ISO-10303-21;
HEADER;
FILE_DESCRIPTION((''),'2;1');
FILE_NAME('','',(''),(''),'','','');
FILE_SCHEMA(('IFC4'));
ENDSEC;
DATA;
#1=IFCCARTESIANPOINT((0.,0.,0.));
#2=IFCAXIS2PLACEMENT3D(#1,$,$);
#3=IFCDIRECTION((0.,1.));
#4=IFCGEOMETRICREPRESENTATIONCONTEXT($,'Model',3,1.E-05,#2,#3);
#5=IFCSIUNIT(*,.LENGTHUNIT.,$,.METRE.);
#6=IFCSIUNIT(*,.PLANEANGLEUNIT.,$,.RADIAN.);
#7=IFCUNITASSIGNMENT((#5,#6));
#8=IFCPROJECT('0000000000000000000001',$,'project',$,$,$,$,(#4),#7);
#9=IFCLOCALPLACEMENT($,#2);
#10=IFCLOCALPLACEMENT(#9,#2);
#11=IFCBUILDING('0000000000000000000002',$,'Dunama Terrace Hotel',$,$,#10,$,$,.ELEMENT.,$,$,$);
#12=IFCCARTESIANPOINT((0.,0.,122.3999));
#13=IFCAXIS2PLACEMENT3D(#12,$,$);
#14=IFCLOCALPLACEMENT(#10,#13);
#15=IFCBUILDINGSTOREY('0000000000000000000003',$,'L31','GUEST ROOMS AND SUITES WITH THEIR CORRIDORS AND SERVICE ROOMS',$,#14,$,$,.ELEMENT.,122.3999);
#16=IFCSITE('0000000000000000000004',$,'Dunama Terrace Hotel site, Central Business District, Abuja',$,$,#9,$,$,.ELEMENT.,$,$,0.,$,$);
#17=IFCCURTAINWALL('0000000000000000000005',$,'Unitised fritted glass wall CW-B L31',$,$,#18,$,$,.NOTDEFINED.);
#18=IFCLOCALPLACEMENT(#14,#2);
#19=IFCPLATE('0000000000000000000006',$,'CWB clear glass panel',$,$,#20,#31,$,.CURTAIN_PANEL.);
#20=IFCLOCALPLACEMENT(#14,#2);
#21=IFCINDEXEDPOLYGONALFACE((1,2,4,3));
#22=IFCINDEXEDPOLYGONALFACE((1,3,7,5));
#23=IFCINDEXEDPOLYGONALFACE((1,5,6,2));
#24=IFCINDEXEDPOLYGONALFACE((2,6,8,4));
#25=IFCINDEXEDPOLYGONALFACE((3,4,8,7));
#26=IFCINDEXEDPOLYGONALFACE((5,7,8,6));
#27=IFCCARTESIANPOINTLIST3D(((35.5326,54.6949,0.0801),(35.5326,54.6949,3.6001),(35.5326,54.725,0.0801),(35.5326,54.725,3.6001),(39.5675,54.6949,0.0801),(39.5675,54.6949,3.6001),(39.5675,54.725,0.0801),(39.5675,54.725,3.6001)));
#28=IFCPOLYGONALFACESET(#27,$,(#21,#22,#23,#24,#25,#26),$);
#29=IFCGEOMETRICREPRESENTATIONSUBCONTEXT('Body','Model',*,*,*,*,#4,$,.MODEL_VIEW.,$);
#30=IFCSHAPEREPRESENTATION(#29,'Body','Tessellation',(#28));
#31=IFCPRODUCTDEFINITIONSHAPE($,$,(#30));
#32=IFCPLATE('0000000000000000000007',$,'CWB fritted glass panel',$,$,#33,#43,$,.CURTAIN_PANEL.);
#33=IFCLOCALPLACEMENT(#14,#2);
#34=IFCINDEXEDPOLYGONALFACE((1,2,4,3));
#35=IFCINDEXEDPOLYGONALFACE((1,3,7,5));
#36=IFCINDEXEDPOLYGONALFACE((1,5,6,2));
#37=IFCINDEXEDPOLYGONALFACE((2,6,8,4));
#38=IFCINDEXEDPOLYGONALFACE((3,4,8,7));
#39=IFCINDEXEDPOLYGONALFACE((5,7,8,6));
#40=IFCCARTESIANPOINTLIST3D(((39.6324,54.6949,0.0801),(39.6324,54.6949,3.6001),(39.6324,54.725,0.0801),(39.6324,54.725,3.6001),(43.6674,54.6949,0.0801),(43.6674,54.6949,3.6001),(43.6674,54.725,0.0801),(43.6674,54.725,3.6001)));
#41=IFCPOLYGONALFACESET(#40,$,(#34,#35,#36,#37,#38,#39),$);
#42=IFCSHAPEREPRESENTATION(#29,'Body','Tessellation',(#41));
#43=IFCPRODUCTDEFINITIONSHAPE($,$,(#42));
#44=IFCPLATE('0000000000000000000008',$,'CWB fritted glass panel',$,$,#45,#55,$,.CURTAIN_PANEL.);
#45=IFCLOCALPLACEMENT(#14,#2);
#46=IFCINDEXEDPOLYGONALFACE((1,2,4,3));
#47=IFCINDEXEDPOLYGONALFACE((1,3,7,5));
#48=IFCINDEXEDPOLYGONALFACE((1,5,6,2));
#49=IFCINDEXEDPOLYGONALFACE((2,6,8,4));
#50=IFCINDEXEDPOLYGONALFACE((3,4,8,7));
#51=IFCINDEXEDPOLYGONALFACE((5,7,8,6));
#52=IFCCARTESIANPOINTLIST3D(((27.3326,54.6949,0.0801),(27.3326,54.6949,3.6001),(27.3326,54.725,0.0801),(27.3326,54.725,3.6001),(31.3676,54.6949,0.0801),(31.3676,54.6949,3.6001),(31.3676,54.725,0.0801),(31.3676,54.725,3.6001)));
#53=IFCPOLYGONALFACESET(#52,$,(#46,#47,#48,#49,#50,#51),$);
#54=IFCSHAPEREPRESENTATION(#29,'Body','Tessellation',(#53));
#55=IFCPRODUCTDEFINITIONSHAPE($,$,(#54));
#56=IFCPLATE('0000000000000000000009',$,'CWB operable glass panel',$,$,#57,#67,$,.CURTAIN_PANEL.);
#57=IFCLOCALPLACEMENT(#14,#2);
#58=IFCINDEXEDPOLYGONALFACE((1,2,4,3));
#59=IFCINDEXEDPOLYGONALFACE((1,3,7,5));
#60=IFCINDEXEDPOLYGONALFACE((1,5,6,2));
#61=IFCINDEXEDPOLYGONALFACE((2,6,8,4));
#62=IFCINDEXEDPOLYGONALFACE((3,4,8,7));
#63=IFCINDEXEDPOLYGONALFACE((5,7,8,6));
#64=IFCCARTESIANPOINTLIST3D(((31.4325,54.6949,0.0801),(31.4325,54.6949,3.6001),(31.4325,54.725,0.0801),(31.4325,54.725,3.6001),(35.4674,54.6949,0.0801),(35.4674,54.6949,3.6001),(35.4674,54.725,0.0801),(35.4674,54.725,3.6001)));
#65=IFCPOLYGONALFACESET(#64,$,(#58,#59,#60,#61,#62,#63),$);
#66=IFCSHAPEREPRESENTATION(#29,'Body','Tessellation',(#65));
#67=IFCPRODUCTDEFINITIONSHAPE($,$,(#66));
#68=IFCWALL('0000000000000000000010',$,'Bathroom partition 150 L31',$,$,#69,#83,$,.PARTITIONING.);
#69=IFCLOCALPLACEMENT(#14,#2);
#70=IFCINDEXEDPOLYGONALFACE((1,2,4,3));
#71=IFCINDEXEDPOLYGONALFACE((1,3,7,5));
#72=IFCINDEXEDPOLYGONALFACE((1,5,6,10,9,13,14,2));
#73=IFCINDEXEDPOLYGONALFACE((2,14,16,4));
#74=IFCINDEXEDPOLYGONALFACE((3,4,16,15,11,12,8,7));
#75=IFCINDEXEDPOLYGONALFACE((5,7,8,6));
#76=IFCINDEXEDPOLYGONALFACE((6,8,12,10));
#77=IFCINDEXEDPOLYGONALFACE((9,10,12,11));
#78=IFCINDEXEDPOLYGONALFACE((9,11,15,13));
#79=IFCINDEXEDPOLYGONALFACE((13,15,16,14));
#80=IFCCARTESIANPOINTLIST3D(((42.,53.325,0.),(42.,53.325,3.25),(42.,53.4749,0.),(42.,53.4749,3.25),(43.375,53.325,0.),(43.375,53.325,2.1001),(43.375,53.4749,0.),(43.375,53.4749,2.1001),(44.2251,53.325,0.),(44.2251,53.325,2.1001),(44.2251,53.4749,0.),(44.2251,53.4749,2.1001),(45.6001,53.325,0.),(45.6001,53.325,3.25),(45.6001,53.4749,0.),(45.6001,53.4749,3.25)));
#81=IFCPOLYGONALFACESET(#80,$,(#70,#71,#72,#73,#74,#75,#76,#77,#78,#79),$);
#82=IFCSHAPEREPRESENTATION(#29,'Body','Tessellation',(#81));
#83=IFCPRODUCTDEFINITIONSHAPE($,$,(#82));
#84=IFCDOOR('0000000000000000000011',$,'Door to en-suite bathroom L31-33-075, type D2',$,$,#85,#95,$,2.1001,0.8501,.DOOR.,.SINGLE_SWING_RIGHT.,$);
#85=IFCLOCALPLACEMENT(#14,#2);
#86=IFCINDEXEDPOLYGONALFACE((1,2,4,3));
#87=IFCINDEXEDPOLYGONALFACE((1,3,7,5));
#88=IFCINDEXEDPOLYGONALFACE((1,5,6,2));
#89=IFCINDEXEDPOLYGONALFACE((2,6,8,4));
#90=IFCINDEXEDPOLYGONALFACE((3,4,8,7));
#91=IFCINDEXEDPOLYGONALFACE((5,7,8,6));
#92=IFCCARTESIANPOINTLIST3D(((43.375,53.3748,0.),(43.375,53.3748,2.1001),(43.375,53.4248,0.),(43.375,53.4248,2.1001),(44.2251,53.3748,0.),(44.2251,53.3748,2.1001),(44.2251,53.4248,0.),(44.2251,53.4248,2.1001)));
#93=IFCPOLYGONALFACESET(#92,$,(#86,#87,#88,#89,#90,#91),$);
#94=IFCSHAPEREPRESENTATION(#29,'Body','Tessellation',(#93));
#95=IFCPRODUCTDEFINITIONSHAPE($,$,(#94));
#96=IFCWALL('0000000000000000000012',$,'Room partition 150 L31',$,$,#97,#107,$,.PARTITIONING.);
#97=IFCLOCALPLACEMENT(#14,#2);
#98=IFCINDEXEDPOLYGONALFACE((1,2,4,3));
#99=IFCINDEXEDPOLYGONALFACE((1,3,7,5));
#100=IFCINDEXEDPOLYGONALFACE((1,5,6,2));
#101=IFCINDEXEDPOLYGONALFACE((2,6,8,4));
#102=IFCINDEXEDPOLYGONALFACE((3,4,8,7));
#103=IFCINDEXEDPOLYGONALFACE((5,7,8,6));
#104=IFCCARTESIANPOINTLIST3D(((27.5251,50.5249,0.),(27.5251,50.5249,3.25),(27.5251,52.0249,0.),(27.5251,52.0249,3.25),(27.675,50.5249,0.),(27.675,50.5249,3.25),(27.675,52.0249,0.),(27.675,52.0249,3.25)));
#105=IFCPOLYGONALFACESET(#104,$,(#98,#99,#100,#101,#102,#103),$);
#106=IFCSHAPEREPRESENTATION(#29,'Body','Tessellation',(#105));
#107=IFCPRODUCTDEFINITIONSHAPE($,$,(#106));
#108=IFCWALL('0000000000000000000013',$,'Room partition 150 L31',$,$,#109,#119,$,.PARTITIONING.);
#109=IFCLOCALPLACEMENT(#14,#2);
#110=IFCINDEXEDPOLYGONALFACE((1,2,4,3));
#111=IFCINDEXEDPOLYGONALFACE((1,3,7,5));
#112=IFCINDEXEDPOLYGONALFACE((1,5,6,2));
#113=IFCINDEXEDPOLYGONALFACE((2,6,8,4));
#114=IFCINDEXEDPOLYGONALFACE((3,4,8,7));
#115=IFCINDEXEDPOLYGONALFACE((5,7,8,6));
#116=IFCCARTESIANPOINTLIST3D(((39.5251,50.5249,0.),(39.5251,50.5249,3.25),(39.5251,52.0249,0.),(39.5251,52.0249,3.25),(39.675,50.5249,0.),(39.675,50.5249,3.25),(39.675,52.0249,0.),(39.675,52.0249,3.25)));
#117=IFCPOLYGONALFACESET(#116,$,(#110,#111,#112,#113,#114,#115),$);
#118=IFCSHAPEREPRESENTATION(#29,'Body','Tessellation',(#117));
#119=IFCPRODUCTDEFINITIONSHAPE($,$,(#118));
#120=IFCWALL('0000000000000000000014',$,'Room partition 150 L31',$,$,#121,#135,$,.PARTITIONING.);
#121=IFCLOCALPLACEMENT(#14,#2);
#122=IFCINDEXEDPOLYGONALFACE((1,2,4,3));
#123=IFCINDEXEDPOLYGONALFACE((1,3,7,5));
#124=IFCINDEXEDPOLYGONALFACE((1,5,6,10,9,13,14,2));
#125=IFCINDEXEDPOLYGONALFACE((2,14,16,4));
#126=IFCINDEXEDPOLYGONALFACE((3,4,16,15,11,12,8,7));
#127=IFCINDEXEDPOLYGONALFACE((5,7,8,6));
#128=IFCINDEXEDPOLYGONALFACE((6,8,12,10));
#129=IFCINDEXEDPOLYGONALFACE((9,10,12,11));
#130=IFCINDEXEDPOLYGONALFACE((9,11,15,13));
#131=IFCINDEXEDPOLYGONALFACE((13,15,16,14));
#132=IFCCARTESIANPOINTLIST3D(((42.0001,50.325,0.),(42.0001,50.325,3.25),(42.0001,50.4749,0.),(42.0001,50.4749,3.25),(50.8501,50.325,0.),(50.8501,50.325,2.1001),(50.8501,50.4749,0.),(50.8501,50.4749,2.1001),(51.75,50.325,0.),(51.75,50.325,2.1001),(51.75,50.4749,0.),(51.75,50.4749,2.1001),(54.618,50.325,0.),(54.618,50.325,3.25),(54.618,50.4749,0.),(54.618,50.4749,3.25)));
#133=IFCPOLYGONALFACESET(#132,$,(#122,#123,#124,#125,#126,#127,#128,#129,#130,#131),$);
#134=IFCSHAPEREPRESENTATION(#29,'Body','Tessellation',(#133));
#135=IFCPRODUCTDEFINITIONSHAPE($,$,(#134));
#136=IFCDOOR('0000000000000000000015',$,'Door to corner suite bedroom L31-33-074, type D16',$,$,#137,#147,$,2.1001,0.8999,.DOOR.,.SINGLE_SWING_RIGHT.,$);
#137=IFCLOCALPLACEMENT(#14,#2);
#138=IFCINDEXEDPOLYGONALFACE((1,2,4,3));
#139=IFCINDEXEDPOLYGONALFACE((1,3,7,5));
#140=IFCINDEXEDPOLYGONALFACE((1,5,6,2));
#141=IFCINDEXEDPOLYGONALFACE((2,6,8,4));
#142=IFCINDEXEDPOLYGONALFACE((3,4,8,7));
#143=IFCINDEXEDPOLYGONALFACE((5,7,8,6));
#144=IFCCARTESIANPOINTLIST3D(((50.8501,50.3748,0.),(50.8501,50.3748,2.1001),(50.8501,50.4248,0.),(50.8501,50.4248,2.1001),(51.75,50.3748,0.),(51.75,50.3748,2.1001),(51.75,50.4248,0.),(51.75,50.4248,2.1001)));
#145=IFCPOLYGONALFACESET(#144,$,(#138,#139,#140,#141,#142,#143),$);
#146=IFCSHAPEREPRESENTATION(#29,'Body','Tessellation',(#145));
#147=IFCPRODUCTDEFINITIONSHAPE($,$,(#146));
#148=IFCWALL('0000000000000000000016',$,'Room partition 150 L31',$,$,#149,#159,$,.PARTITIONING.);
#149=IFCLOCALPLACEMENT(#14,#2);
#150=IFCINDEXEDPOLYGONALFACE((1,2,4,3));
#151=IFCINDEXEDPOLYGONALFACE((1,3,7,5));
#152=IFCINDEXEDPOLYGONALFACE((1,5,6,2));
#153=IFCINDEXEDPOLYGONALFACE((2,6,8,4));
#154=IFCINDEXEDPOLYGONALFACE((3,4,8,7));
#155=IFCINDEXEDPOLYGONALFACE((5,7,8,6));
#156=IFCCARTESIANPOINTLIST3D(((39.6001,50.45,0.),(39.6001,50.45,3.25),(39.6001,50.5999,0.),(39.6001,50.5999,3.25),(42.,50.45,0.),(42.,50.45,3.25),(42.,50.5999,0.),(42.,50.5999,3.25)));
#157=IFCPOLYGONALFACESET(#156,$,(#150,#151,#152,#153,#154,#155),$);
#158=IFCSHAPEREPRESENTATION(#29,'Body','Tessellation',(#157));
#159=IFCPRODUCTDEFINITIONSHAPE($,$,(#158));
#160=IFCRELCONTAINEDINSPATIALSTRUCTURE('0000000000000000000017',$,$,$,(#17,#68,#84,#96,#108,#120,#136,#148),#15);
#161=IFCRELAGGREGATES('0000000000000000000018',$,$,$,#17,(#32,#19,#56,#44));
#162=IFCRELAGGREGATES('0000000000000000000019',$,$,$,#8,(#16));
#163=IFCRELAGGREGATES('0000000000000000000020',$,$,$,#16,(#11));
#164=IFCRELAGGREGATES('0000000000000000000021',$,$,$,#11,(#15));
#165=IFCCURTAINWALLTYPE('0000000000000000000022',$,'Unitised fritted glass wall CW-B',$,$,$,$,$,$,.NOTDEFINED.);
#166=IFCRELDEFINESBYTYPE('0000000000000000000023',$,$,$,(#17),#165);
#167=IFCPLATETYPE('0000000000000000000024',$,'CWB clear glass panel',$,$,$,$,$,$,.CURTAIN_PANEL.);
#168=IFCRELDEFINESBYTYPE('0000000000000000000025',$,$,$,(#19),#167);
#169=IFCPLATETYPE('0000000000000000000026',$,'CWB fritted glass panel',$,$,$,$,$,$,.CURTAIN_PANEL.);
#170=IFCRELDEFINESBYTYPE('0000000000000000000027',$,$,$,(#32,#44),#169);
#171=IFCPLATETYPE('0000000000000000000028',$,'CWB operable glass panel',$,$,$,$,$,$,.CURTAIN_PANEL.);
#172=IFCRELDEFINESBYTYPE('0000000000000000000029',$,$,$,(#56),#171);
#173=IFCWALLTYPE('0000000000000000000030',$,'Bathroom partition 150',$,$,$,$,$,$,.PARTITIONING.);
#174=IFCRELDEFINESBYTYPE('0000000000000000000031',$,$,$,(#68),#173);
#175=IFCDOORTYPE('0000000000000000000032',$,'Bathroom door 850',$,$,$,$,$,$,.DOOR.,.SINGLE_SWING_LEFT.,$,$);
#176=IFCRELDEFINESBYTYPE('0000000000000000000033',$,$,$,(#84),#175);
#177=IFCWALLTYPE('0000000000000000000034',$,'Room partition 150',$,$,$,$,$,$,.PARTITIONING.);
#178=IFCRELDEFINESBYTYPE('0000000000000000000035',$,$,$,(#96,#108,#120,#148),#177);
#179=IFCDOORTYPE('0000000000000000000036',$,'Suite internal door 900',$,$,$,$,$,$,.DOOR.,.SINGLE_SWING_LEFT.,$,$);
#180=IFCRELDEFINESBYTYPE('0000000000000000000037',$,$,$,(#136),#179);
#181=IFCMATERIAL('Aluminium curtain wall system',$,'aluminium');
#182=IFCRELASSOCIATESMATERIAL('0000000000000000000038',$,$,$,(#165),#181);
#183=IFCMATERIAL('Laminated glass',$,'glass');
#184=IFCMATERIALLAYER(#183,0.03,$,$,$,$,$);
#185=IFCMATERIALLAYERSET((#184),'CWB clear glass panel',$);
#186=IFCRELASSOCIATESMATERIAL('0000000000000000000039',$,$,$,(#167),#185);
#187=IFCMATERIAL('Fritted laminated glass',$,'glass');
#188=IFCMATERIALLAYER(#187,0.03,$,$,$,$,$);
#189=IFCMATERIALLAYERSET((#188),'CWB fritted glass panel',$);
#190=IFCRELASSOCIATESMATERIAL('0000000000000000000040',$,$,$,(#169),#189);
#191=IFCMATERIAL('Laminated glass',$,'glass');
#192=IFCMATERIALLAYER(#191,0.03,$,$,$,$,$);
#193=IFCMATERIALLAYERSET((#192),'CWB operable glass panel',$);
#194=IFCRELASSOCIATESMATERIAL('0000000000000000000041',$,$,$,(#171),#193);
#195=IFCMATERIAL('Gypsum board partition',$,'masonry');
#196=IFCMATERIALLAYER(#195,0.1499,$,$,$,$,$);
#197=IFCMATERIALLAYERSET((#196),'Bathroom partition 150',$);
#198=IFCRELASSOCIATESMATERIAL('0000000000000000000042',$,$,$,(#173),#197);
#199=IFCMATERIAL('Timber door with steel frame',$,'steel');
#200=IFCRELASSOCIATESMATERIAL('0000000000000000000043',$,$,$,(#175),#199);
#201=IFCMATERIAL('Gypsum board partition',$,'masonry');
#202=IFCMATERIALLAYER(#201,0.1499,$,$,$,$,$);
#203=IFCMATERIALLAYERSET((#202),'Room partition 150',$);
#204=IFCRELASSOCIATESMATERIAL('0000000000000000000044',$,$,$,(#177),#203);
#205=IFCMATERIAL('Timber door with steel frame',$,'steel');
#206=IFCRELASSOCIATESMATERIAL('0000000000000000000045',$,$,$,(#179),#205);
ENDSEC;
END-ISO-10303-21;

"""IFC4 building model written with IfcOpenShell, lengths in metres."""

from ifc_helpers import new_model, si_unit, direction, frame, frame_2d, origin, origin_2d, place, context, subcontext, project, spatial, rectangle, extrude, material, layer, layer_set, type_object, element, fill, aggregate, save


model = new_model("IFC4")

# Units and contexts
model_context = context("Model", 3, precision=1e-05, world=origin(), true_north=direction((0.0, 1.0)))
body_context = subcontext(model_context, "Body", "Model", "MODEL_VIEW")
ifc_project = project(units=[si_unit("LENGTHUNIT", "METRE"), si_unit("PLANEANGLEUNIT", "RADIAN")], contexts=[model_context])

# Site, building, storey
site_placement = place(None, origin())
site = spatial("IfcSite", under=ifc_project, at=site_placement, Name="Dunama Terrace Hotel site, Central Business District, Abuja", CompositionType="ELEMENT", RefElevation=0.0)
building_placement = place(site_placement, origin())
building = spatial("IfcBuilding", under=site, at=building_placement, Name="Dunama Terrace Hotel", CompositionType="ELEMENT")
storey_placement = place(building_placement, frame((0.0, 0.0, 122.3999)))
storey = spatial("IfcBuildingStorey", under=building, at=storey_placement, Name="L31", Description="GUEST ROOMS AND SUITES WITH THEIR CORRIDORS AND SERVICE ROOMS", CompositionType="ELEMENT", Elevation=122.3999)

# Curtain wall
ifc_material_1 = material(Name="Aluminium curtain wall system", Category="aluminium")
curtain_wall_type = type_object("IfcCurtainWallType", Name="Unitised fritted glass wall CW-B", PredefinedType="NOTDEFINED", material=ifc_material_1)
curtain_wall_placement = place(storey_placement, origin())
curtain_wall = element("IfcCurtainWall", 1, at=curtain_wall_placement, inside=storey, type_object=curtain_wall_type, Name="Unitised fritted glass wall CW-B L31", PredefinedType="NOTDEFINED")

# Plates
ifc_material_2 = material(Name="Laminated glass", Category="glass")
ifc_layer_1 = layer(ifc_material_2, 0.03)
ifc_layer_set_1 = layer_set([ifc_layer_1], Name="CWB clear glass panel")
plate_type_1 = type_object("IfcPlateType", Name="CWB clear glass panel", PredefinedType="CURTAIN_PANEL", material=ifc_layer_set_1)
plate_1_placement = place(storey_placement, frame((37.55, 54.71, 0.0801), z_axis=(0.0, 0.0, 1.0), x_axis=(-1.0, 0.0, 0.0)))
plate_1 = element("IfcPlate", 2, at=plate_1_placement, type_object=plate_type_1, Name="CWB clear glass panel", PredefinedType="CURTAIN_PANEL", context=body_context, shape_type="SweptSolid", body=[
    extrude(rectangle(XDim=4.0349, YDim=0.03, at=origin_2d()), origin(), (0.0, 0.0, 1.0), 3.52),
])
ifc_material_3 = material(Name="Fritted laminated glass", Category="glass")
ifc_layer_2 = layer(ifc_material_3, 0.03)
ifc_layer_set_2 = layer_set([ifc_layer_2], Name="CWB fritted glass panel")
plate_type_2 = type_object("IfcPlateType", Name="CWB fritted glass panel", PredefinedType="CURTAIN_PANEL", material=ifc_layer_set_2)
plate_2_placement = place(storey_placement, frame((41.6499, 54.71, 0.0801), z_axis=(0.0, 0.0, 1.0), x_axis=(-1.0, 0.0, 0.0)))
plate_2 = element("IfcPlate", 3, at=plate_2_placement, type_object=plate_type_2, Name="CWB fritted glass panel", PredefinedType="CURTAIN_PANEL", context=body_context, shape_type="SweptSolid", body=[
    extrude(rectangle(XDim=4.0349, YDim=0.03, at=origin_2d()), origin(), (0.0, 0.0, 1.0), 3.52),
])
plate_3_placement = place(storey_placement, frame((29.3501, 54.71, 0.0801), z_axis=(0.0, 0.0, 1.0), x_axis=(-1.0, 0.0, 0.0)))
plate_3 = element("IfcPlate", 4, at=plate_3_placement, type_object=plate_type_2, Name="CWB fritted glass panel", PredefinedType="CURTAIN_PANEL", context=body_context, shape_type="SweptSolid", body=[
    extrude(rectangle(XDim=4.0349, YDim=0.03, at=origin_2d()), origin(), (0.0, 0.0, 1.0), 3.52),
])
ifc_material_4 = material(Name="Laminated glass", Category="glass")
ifc_layer_3 = layer(ifc_material_4, 0.03)
ifc_layer_set_3 = layer_set([ifc_layer_3], Name="CWB operable glass panel")
plate_type_3 = type_object("IfcPlateType", Name="CWB operable glass panel", PredefinedType="CURTAIN_PANEL", material=ifc_layer_set_3)
plate_4_placement = place(storey_placement, frame((33.45, 54.71, 0.0801), z_axis=(0.0, 0.0, 1.0), x_axis=(-1.0, 0.0, 0.0)))
plate_4 = element("IfcPlate", 5, at=plate_4_placement, type_object=plate_type_3, Name="CWB operable glass panel", PredefinedType="CURTAIN_PANEL", context=body_context, shape_type="SweptSolid", body=[
    extrude(rectangle(XDim=4.0349, YDim=0.03, at=origin_2d()), origin(), (0.0, 0.0, 1.0), 3.52),
])
aggregate(curtain_wall, [plate_2, plate_1, plate_4, plate_3])

# Wall, opening, door
ifc_material_5 = material(Name="Gypsum board partition", Category="masonry")
ifc_layer_4 = layer(ifc_material_5, 0.1499)
ifc_layer_set_4 = layer_set([ifc_layer_4], Name="Bathroom partition 150")
wall_type_1 = type_object("IfcWallType", Name="Bathroom partition 150", PredefinedType="PARTITIONING", material=ifc_layer_set_4)
wall_1_placement = place(storey_placement, frame((42.0, 53.3999, 0.0), z_axis=(0.0, 0.0, 1.0), x_axis=(1.0, 0.0, 0.0)))
wall_1 = element("IfcWall", 6, at=wall_1_placement, inside=storey, type_object=wall_type_1, Name="Bathroom partition 150 L31", PredefinedType="PARTITIONING", context=body_context, shape_type="SweptSolid", body=[
    extrude(rectangle(XDim=3.6001, YDim=0.1499, at=frame_2d((1.8, 0.0))), origin(), (0.0, 0.0, 1.0), 3.25),
])
opening_1_placement = place(wall_1_placement, frame((1.375, 0.0, 0.0)))
opening_1 = element("IfcOpeningElement", 7, at=opening_1_placement, cuts=wall_1, PredefinedType="OPENING", context=body_context, shape_type="SweptSolid", body=[
    extrude(rectangle(XDim=0.8501, YDim=2.1001, at=frame_2d((0.425, 1.05))), frame((0.0, 0.085, 0.0), z_axis=(0.0, -1.0, 0.0), x_axis=(1.0, 0.0, 0.0)), (0.0, 0.0, 1.0), 0.1699),
])
ifc_material_6 = material(Name="Timber door with steel frame", Category="steel")
door_type_1 = type_object("IfcDoorType", Name="Bathroom door 850", OperationType="SINGLE_SWING_LEFT", PredefinedType="DOOR", material=ifc_material_6)
door_1_placement = place(opening_1_placement, frame((0.8501, 0.0, 0.0), z_axis=(0.0, 0.0, 1.0), x_axis=(-1.0, 0.0, 0.0)))
door_1 = element("IfcDoor", 8, at=door_1_placement, inside=storey, type_object=door_type_1, Name="Door to en-suite bathroom L31-33-075, type D2", OperationType="SINGLE_SWING_RIGHT", OverallHeight=2.1001, OverallWidth=0.8501, PredefinedType="DOOR", context=body_context, shape_type="SweptSolid", body=[
    extrude(rectangle(XDim=0.8501, YDim=2.1001, at=frame_2d((0.425, 1.05))), frame((0.0, 0.0251, 0.0), z_axis=(0.0, -1.0, 0.0), x_axis=(1.0, 0.0, 0.0)), (0.0, 0.0, 1.0), 0.05),
])
fill(opening_1, door_1)

# Walls
ifc_material_7 = material(Name="Gypsum board partition", Category="masonry")
ifc_layer_5 = layer(ifc_material_7, 0.1499)
ifc_layer_set_5 = layer_set([ifc_layer_5], Name="Room partition 150")
wall_type_2 = type_object("IfcWallType", Name="Room partition 150", PredefinedType="PARTITIONING", material=ifc_layer_set_5)
for number, where, z_axis, x_axis, name in (
    (9, (27.6001, 50.5249, 0.0), (0.0, 0.0, 1.0), (0.0, 1.0, 0.0), "Room partition 150 L31"),
    (10, (39.6001, 50.5249, 0.0), (0.0, 0.0, 1.0), (0.0, 1.0, 0.0), "Room partition 150 L31"),
):
    element("IfcWall", number, at=place(storey_placement, frame(where, z_axis=z_axis, x_axis=x_axis)), inside=storey, type_object=wall_type_2, Name=name, PredefinedType="PARTITIONING", context=body_context, shape_type="SweptSolid", body=[
        extrude(rectangle(XDim=1.5, YDim=0.1499, at=frame_2d((0.75, 0.0))), origin(), (0.0, 0.0, 1.0), 3.25),
    ])

# Wall, opening, door
wall_2_placement = place(storey_placement, frame((42.0, 50.3999, 0.0), z_axis=(0.0, 0.0, 1.0), x_axis=(1.0, 0.0, 0.0)))
wall_2 = element("IfcWall", 11, at=wall_2_placement, inside=storey, type_object=wall_type_2, Name="Room partition 150 L31", PredefinedType="PARTITIONING", context=body_context, shape_type="SweptSolid", body=[
    extrude(rectangle(XDim=12.6179, YDim=0.1499, at=frame_2d((6.3091, 0.0))), origin(), (0.0, 0.0, 1.0), 3.25),
])
opening_2_placement = place(wall_2_placement, frame((8.8501, 0.0, 0.0)))
opening_2 = element("IfcOpeningElement", 12, at=opening_2_placement, cuts=wall_2, PredefinedType="OPENING", context=body_context, shape_type="SweptSolid", body=[
    extrude(rectangle(XDim=0.8999, YDim=2.1001, at=frame_2d((0.45, 1.05))), frame((0.0, 0.085, 0.0), z_axis=(0.0, -1.0, 0.0), x_axis=(1.0, 0.0, 0.0)), (0.0, 0.0, 1.0), 0.1699),
])
ifc_material_8 = material(Name="Timber door with steel frame", Category="steel")
door_type_2 = type_object("IfcDoorType", Name="Suite internal door 900", OperationType="SINGLE_SWING_LEFT", PredefinedType="DOOR", material=ifc_material_8)
door_2_placement = place(opening_2_placement, origin())
door_2 = element("IfcDoor", 13, at=door_2_placement, inside=storey, type_object=door_type_2, Name="Door to corner suite bedroom L31-33-074, type D16", OperationType="SINGLE_SWING_RIGHT", OverallHeight=2.1001, OverallWidth=0.8999, PredefinedType="DOOR", context=body_context, shape_type="SweptSolid", body=[
    extrude(rectangle(XDim=0.8999, YDim=2.1001, at=frame_2d((0.45, 1.05))), frame((0.0, 0.0249, 0.0), z_axis=(0.0, -1.0, 0.0), x_axis=(1.0, 0.0, 0.0)), (0.0, 0.0, 1.0), 0.05),
])
fill(opening_2, door_2)

# Wall
wall_3_placement = place(storey_placement, frame((39.6001, 50.5249, 0.0), z_axis=(0.0, 0.0, 1.0), x_axis=(1.0, 0.0, 0.0)))
element("IfcWall", 14, at=wall_3_placement, inside=storey, type_object=wall_type_2, Name="Room partition 150 L31", PredefinedType="PARTITIONING", context=body_context, shape_type="SweptSolid", body=[
    extrude(rectangle(XDim=2.3999, YDim=0.1499, at=frame_2d((1.2, 0.0))), origin(), (0.0, 0.0, 1.0), 3.25),
])

save(model, "model.ifc")
